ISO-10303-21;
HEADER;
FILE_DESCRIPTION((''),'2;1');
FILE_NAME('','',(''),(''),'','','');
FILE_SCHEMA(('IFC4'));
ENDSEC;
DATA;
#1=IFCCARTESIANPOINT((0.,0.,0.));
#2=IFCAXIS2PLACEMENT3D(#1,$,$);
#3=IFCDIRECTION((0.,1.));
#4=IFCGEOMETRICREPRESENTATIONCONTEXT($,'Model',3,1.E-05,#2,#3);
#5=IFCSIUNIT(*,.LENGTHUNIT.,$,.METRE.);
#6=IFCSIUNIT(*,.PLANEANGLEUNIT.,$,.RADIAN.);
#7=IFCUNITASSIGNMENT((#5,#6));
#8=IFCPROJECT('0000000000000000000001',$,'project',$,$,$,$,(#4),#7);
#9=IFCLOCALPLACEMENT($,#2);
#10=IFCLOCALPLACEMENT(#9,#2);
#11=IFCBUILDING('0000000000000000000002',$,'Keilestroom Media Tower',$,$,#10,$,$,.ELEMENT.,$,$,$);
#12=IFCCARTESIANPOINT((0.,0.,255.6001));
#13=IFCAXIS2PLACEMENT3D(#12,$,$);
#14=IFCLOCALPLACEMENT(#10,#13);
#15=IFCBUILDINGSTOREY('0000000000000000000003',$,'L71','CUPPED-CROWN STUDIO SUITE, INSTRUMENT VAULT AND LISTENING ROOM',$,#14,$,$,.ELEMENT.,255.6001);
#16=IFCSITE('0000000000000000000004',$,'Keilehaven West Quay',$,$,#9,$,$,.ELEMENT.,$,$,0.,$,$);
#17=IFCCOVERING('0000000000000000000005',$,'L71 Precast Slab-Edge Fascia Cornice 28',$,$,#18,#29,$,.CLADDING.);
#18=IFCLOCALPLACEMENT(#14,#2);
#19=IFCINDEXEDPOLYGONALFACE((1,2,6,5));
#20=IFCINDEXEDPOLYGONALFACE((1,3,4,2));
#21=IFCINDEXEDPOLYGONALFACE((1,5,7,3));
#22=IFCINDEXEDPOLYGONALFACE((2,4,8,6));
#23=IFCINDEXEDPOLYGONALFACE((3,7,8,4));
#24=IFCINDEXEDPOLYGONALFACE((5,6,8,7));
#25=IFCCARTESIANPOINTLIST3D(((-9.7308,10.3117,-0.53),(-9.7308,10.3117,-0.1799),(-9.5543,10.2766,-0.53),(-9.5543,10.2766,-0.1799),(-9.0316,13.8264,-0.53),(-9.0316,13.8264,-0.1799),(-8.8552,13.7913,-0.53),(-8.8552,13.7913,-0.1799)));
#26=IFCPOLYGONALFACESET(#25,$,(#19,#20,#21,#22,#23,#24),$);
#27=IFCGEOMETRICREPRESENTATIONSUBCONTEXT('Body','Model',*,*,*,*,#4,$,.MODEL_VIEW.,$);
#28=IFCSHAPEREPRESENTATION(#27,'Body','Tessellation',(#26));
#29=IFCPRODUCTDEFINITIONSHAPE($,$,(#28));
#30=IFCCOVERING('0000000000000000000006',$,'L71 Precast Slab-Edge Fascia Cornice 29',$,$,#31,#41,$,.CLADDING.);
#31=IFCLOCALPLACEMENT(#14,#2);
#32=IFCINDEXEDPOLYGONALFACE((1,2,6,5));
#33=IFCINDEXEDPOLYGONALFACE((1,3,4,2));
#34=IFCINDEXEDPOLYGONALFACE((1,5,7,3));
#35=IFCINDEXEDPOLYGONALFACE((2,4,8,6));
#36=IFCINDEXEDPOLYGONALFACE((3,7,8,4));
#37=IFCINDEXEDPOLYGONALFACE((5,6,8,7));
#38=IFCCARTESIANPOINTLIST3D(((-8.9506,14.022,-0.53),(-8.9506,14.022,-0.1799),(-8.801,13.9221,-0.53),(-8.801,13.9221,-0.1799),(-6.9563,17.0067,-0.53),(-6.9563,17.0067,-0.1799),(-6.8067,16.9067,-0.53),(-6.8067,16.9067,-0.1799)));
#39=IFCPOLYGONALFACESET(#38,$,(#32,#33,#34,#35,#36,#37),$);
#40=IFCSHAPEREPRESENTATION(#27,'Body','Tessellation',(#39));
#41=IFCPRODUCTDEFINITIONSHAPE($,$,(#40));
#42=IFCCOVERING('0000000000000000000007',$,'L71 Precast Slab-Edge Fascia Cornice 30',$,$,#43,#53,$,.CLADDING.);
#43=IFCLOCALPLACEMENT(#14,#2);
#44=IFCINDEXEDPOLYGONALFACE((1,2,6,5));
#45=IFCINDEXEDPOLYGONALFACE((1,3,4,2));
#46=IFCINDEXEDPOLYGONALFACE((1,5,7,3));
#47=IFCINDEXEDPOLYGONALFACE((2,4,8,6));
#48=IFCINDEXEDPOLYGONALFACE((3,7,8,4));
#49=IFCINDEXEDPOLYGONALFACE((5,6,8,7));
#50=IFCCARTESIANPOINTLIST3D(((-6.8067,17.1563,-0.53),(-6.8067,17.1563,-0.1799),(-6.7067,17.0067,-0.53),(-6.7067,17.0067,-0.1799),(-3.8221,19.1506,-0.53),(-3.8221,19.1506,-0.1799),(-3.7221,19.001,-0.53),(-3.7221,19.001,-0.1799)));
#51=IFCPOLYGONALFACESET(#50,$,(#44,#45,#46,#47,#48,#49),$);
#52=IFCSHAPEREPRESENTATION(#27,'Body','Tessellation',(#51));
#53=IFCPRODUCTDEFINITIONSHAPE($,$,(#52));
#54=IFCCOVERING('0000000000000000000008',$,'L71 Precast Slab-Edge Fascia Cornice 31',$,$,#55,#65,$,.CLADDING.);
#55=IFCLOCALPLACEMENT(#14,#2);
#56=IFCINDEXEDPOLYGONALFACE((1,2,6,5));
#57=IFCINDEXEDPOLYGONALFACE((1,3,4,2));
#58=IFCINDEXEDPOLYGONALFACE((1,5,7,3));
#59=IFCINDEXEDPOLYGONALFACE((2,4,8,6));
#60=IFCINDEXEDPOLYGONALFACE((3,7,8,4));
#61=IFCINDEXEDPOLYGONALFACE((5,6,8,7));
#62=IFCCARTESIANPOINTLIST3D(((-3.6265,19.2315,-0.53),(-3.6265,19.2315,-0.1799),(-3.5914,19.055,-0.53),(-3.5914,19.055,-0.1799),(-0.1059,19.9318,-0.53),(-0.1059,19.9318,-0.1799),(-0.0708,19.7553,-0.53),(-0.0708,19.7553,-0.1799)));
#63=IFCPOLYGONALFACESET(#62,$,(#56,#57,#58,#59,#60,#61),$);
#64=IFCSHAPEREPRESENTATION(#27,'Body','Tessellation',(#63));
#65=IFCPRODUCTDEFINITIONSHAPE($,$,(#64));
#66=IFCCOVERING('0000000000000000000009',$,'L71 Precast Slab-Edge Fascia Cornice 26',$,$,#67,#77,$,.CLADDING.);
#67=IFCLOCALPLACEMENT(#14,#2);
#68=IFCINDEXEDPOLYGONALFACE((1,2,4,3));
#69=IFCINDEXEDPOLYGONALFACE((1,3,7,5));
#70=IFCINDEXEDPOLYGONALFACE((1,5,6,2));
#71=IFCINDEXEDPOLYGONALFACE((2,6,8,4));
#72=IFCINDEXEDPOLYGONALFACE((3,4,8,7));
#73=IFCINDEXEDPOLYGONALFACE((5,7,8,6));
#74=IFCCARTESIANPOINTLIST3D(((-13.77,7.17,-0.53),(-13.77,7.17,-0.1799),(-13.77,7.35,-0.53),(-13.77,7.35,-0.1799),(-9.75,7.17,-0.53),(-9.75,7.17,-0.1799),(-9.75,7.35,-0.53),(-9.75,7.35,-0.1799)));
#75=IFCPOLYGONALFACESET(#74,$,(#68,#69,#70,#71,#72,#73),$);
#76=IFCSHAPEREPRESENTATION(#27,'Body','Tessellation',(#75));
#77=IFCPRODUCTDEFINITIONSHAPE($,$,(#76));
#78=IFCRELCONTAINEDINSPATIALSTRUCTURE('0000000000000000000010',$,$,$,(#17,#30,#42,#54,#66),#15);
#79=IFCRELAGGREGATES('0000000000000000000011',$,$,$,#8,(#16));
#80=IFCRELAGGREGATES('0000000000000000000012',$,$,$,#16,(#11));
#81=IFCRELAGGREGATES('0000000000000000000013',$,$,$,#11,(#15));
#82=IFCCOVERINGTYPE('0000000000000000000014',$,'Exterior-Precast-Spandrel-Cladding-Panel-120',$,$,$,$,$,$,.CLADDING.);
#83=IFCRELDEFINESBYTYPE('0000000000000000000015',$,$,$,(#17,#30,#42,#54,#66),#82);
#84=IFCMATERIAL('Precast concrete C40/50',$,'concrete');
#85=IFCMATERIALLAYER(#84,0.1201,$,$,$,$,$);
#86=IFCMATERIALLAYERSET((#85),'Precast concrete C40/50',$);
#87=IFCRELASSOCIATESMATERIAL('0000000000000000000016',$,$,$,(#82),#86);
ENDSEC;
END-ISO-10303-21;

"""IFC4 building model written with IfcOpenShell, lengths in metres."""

from ifc_helpers import new_model, si_unit, direction, frame, origin, origin_2d, place, context, subcontext, project, spatial, rectangle, extrude, source, transform, mapped, material, layer, layer_set, type_object, element, save


model = new_model("IFC4")

# Units and contexts
model_context = context("Model", 3, precision=1e-05, world=origin(), true_north=direction((0.0, 1.0)))
body_context = subcontext(model_context, "Body", "Model", "MODEL_VIEW")
ifc_project = project(units=[si_unit("LENGTHUNIT", "METRE"), si_unit("PLANEANGLEUNIT", "RADIAN")], contexts=[model_context])

# Site, building, storey
site_placement = place(None, origin())
site = spatial("IfcSite", under=ifc_project, at=site_placement, Name="Keilehaven West Quay", CompositionType="ELEMENT", RefElevation=0.0)
building_placement = place(site_placement, origin())
building = spatial("IfcBuilding", under=site, at=building_placement, Name="Keilestroom Media Tower", CompositionType="ELEMENT")
storey_placement = place(building_placement, frame((0.0, 0.0, 255.6001)))
storey = spatial("IfcBuildingStorey", under=building, at=storey_placement, Name="L71", Description="CUPPED-CROWN STUDIO SUITE, INSTRUMENT VAULT AND LISTENING ROOM", CompositionType="ELEMENT", Elevation=255.6001)

# Shared definitions
ifc_material_1 = material(Name="Precast concrete C40/50", Category="concrete")

# Coverings
ifc_layer_1 = layer(ifc_material_1, 0.1201)
ifc_layer_set_1 = layer_set([ifc_layer_1], Name="Precast concrete C40/50")
covering_type = type_object("IfcCoveringType", Name="Exterior-Precast-Spandrel-Cladding-Panel-120", PredefinedType="CLADDING", material=ifc_layer_set_1)
shared_shape_1 = source(origin(), body_context, "Body", "SweptSolid", [
    extrude(rectangle(XDim=3.5835, YDim=0.1799, at=origin_2d()), origin(), (0.0, 0.0, 1.0), 0.3501),
])
covering_1_placement = place(storey_placement, frame((-9.293, 12.0515, -0.53), z_axis=(0.0, 0.0, 1.0), x_axis=(0.195099, 0.980784, 0.0)))
element("IfcCovering", 1, at=covering_1_placement, inside=storey, type_object=covering_type, Name="L71 Precast Slab-Edge Fascia Cornice 28", PredefinedType="CLADDING", context=body_context, shape_type="MappedRepresentation", body=[
    mapped(shared_shape_1, transform((0.0, 0.0, 0.0), x_axis=(1.0, 0.0, 0.0), y_axis=(0.0, 1.0, 0.0), z_axis=(0.0, 0.0, 1.0), scale=1.0)),
])
shared_shape_2 = source(origin(), body_context, "Body", "SweptSolid", [
    extrude(rectangle(XDim=3.5896, YDim=0.1799, at=origin_2d()), origin(), (0.0, 0.0, 1.0), 0.3501),
])
for number, where, z_axis, x_axis, name in (
    (2, (-7.8787, 15.4644, -0.53), (0.0, 0.0, 1.0), (0.555575, 0.831467, 0.0), "L71 Precast Slab-Edge Fascia Cornice 29"),
    (3, (-5.2644, 18.0786, -0.53), (0.0, 0.0, 1.0), (0.831467, 0.555575, 0.0), "L71 Precast Slab-Edge Fascia Cornice 30"),
    (4, (-1.8486, 19.4934, -0.53), (0.0, 0.0, 1.0), (0.980784, 0.195099, 0.0), "L71 Precast Slab-Edge Fascia Cornice 31"),
):
    element("IfcCovering", number, at=place(storey_placement, frame(where, z_axis=z_axis, x_axis=x_axis)), inside=storey, type_object=covering_type, Name=name, PredefinedType="CLADDING", context=body_context, shape_type="MappedRepresentation", body=[
        mapped(shared_shape_2, transform((0.0, 0.0, 0.0), x_axis=(1.0, 0.0, 0.0), y_axis=(0.0, 1.0, 0.0), z_axis=(0.0, 0.0, 1.0), scale=1.0)),
    ])
shared_shape_3 = source(origin(), body_context, "Body", "SweptSolid", [
    extrude(rectangle(XDim=4.02, YDim=0.1799, at=origin_2d()), origin(), (0.0, 0.0, 1.0), 0.3501),
])
covering_2_placement = place(storey_placement, frame((-11.76, 7.26, -0.53), z_axis=(0.0, 0.0, 1.0), x_axis=(1.0, 0.0, 0.0)))
element("IfcCovering", 5, at=covering_2_placement, inside=storey, type_object=covering_type, Name="L71 Precast Slab-Edge Fascia Cornice 26", PredefinedType="CLADDING", context=body_context, shape_type="MappedRepresentation", body=[
    mapped(shared_shape_3, transform((0.0, 0.0, 0.0), x_axis=(1.0, 0.0, 0.0), y_axis=(0.0, 1.0, 0.0), z_axis=(0.0, 0.0, 1.0), scale=1.0)),
])

save(model, "model.ifc")
